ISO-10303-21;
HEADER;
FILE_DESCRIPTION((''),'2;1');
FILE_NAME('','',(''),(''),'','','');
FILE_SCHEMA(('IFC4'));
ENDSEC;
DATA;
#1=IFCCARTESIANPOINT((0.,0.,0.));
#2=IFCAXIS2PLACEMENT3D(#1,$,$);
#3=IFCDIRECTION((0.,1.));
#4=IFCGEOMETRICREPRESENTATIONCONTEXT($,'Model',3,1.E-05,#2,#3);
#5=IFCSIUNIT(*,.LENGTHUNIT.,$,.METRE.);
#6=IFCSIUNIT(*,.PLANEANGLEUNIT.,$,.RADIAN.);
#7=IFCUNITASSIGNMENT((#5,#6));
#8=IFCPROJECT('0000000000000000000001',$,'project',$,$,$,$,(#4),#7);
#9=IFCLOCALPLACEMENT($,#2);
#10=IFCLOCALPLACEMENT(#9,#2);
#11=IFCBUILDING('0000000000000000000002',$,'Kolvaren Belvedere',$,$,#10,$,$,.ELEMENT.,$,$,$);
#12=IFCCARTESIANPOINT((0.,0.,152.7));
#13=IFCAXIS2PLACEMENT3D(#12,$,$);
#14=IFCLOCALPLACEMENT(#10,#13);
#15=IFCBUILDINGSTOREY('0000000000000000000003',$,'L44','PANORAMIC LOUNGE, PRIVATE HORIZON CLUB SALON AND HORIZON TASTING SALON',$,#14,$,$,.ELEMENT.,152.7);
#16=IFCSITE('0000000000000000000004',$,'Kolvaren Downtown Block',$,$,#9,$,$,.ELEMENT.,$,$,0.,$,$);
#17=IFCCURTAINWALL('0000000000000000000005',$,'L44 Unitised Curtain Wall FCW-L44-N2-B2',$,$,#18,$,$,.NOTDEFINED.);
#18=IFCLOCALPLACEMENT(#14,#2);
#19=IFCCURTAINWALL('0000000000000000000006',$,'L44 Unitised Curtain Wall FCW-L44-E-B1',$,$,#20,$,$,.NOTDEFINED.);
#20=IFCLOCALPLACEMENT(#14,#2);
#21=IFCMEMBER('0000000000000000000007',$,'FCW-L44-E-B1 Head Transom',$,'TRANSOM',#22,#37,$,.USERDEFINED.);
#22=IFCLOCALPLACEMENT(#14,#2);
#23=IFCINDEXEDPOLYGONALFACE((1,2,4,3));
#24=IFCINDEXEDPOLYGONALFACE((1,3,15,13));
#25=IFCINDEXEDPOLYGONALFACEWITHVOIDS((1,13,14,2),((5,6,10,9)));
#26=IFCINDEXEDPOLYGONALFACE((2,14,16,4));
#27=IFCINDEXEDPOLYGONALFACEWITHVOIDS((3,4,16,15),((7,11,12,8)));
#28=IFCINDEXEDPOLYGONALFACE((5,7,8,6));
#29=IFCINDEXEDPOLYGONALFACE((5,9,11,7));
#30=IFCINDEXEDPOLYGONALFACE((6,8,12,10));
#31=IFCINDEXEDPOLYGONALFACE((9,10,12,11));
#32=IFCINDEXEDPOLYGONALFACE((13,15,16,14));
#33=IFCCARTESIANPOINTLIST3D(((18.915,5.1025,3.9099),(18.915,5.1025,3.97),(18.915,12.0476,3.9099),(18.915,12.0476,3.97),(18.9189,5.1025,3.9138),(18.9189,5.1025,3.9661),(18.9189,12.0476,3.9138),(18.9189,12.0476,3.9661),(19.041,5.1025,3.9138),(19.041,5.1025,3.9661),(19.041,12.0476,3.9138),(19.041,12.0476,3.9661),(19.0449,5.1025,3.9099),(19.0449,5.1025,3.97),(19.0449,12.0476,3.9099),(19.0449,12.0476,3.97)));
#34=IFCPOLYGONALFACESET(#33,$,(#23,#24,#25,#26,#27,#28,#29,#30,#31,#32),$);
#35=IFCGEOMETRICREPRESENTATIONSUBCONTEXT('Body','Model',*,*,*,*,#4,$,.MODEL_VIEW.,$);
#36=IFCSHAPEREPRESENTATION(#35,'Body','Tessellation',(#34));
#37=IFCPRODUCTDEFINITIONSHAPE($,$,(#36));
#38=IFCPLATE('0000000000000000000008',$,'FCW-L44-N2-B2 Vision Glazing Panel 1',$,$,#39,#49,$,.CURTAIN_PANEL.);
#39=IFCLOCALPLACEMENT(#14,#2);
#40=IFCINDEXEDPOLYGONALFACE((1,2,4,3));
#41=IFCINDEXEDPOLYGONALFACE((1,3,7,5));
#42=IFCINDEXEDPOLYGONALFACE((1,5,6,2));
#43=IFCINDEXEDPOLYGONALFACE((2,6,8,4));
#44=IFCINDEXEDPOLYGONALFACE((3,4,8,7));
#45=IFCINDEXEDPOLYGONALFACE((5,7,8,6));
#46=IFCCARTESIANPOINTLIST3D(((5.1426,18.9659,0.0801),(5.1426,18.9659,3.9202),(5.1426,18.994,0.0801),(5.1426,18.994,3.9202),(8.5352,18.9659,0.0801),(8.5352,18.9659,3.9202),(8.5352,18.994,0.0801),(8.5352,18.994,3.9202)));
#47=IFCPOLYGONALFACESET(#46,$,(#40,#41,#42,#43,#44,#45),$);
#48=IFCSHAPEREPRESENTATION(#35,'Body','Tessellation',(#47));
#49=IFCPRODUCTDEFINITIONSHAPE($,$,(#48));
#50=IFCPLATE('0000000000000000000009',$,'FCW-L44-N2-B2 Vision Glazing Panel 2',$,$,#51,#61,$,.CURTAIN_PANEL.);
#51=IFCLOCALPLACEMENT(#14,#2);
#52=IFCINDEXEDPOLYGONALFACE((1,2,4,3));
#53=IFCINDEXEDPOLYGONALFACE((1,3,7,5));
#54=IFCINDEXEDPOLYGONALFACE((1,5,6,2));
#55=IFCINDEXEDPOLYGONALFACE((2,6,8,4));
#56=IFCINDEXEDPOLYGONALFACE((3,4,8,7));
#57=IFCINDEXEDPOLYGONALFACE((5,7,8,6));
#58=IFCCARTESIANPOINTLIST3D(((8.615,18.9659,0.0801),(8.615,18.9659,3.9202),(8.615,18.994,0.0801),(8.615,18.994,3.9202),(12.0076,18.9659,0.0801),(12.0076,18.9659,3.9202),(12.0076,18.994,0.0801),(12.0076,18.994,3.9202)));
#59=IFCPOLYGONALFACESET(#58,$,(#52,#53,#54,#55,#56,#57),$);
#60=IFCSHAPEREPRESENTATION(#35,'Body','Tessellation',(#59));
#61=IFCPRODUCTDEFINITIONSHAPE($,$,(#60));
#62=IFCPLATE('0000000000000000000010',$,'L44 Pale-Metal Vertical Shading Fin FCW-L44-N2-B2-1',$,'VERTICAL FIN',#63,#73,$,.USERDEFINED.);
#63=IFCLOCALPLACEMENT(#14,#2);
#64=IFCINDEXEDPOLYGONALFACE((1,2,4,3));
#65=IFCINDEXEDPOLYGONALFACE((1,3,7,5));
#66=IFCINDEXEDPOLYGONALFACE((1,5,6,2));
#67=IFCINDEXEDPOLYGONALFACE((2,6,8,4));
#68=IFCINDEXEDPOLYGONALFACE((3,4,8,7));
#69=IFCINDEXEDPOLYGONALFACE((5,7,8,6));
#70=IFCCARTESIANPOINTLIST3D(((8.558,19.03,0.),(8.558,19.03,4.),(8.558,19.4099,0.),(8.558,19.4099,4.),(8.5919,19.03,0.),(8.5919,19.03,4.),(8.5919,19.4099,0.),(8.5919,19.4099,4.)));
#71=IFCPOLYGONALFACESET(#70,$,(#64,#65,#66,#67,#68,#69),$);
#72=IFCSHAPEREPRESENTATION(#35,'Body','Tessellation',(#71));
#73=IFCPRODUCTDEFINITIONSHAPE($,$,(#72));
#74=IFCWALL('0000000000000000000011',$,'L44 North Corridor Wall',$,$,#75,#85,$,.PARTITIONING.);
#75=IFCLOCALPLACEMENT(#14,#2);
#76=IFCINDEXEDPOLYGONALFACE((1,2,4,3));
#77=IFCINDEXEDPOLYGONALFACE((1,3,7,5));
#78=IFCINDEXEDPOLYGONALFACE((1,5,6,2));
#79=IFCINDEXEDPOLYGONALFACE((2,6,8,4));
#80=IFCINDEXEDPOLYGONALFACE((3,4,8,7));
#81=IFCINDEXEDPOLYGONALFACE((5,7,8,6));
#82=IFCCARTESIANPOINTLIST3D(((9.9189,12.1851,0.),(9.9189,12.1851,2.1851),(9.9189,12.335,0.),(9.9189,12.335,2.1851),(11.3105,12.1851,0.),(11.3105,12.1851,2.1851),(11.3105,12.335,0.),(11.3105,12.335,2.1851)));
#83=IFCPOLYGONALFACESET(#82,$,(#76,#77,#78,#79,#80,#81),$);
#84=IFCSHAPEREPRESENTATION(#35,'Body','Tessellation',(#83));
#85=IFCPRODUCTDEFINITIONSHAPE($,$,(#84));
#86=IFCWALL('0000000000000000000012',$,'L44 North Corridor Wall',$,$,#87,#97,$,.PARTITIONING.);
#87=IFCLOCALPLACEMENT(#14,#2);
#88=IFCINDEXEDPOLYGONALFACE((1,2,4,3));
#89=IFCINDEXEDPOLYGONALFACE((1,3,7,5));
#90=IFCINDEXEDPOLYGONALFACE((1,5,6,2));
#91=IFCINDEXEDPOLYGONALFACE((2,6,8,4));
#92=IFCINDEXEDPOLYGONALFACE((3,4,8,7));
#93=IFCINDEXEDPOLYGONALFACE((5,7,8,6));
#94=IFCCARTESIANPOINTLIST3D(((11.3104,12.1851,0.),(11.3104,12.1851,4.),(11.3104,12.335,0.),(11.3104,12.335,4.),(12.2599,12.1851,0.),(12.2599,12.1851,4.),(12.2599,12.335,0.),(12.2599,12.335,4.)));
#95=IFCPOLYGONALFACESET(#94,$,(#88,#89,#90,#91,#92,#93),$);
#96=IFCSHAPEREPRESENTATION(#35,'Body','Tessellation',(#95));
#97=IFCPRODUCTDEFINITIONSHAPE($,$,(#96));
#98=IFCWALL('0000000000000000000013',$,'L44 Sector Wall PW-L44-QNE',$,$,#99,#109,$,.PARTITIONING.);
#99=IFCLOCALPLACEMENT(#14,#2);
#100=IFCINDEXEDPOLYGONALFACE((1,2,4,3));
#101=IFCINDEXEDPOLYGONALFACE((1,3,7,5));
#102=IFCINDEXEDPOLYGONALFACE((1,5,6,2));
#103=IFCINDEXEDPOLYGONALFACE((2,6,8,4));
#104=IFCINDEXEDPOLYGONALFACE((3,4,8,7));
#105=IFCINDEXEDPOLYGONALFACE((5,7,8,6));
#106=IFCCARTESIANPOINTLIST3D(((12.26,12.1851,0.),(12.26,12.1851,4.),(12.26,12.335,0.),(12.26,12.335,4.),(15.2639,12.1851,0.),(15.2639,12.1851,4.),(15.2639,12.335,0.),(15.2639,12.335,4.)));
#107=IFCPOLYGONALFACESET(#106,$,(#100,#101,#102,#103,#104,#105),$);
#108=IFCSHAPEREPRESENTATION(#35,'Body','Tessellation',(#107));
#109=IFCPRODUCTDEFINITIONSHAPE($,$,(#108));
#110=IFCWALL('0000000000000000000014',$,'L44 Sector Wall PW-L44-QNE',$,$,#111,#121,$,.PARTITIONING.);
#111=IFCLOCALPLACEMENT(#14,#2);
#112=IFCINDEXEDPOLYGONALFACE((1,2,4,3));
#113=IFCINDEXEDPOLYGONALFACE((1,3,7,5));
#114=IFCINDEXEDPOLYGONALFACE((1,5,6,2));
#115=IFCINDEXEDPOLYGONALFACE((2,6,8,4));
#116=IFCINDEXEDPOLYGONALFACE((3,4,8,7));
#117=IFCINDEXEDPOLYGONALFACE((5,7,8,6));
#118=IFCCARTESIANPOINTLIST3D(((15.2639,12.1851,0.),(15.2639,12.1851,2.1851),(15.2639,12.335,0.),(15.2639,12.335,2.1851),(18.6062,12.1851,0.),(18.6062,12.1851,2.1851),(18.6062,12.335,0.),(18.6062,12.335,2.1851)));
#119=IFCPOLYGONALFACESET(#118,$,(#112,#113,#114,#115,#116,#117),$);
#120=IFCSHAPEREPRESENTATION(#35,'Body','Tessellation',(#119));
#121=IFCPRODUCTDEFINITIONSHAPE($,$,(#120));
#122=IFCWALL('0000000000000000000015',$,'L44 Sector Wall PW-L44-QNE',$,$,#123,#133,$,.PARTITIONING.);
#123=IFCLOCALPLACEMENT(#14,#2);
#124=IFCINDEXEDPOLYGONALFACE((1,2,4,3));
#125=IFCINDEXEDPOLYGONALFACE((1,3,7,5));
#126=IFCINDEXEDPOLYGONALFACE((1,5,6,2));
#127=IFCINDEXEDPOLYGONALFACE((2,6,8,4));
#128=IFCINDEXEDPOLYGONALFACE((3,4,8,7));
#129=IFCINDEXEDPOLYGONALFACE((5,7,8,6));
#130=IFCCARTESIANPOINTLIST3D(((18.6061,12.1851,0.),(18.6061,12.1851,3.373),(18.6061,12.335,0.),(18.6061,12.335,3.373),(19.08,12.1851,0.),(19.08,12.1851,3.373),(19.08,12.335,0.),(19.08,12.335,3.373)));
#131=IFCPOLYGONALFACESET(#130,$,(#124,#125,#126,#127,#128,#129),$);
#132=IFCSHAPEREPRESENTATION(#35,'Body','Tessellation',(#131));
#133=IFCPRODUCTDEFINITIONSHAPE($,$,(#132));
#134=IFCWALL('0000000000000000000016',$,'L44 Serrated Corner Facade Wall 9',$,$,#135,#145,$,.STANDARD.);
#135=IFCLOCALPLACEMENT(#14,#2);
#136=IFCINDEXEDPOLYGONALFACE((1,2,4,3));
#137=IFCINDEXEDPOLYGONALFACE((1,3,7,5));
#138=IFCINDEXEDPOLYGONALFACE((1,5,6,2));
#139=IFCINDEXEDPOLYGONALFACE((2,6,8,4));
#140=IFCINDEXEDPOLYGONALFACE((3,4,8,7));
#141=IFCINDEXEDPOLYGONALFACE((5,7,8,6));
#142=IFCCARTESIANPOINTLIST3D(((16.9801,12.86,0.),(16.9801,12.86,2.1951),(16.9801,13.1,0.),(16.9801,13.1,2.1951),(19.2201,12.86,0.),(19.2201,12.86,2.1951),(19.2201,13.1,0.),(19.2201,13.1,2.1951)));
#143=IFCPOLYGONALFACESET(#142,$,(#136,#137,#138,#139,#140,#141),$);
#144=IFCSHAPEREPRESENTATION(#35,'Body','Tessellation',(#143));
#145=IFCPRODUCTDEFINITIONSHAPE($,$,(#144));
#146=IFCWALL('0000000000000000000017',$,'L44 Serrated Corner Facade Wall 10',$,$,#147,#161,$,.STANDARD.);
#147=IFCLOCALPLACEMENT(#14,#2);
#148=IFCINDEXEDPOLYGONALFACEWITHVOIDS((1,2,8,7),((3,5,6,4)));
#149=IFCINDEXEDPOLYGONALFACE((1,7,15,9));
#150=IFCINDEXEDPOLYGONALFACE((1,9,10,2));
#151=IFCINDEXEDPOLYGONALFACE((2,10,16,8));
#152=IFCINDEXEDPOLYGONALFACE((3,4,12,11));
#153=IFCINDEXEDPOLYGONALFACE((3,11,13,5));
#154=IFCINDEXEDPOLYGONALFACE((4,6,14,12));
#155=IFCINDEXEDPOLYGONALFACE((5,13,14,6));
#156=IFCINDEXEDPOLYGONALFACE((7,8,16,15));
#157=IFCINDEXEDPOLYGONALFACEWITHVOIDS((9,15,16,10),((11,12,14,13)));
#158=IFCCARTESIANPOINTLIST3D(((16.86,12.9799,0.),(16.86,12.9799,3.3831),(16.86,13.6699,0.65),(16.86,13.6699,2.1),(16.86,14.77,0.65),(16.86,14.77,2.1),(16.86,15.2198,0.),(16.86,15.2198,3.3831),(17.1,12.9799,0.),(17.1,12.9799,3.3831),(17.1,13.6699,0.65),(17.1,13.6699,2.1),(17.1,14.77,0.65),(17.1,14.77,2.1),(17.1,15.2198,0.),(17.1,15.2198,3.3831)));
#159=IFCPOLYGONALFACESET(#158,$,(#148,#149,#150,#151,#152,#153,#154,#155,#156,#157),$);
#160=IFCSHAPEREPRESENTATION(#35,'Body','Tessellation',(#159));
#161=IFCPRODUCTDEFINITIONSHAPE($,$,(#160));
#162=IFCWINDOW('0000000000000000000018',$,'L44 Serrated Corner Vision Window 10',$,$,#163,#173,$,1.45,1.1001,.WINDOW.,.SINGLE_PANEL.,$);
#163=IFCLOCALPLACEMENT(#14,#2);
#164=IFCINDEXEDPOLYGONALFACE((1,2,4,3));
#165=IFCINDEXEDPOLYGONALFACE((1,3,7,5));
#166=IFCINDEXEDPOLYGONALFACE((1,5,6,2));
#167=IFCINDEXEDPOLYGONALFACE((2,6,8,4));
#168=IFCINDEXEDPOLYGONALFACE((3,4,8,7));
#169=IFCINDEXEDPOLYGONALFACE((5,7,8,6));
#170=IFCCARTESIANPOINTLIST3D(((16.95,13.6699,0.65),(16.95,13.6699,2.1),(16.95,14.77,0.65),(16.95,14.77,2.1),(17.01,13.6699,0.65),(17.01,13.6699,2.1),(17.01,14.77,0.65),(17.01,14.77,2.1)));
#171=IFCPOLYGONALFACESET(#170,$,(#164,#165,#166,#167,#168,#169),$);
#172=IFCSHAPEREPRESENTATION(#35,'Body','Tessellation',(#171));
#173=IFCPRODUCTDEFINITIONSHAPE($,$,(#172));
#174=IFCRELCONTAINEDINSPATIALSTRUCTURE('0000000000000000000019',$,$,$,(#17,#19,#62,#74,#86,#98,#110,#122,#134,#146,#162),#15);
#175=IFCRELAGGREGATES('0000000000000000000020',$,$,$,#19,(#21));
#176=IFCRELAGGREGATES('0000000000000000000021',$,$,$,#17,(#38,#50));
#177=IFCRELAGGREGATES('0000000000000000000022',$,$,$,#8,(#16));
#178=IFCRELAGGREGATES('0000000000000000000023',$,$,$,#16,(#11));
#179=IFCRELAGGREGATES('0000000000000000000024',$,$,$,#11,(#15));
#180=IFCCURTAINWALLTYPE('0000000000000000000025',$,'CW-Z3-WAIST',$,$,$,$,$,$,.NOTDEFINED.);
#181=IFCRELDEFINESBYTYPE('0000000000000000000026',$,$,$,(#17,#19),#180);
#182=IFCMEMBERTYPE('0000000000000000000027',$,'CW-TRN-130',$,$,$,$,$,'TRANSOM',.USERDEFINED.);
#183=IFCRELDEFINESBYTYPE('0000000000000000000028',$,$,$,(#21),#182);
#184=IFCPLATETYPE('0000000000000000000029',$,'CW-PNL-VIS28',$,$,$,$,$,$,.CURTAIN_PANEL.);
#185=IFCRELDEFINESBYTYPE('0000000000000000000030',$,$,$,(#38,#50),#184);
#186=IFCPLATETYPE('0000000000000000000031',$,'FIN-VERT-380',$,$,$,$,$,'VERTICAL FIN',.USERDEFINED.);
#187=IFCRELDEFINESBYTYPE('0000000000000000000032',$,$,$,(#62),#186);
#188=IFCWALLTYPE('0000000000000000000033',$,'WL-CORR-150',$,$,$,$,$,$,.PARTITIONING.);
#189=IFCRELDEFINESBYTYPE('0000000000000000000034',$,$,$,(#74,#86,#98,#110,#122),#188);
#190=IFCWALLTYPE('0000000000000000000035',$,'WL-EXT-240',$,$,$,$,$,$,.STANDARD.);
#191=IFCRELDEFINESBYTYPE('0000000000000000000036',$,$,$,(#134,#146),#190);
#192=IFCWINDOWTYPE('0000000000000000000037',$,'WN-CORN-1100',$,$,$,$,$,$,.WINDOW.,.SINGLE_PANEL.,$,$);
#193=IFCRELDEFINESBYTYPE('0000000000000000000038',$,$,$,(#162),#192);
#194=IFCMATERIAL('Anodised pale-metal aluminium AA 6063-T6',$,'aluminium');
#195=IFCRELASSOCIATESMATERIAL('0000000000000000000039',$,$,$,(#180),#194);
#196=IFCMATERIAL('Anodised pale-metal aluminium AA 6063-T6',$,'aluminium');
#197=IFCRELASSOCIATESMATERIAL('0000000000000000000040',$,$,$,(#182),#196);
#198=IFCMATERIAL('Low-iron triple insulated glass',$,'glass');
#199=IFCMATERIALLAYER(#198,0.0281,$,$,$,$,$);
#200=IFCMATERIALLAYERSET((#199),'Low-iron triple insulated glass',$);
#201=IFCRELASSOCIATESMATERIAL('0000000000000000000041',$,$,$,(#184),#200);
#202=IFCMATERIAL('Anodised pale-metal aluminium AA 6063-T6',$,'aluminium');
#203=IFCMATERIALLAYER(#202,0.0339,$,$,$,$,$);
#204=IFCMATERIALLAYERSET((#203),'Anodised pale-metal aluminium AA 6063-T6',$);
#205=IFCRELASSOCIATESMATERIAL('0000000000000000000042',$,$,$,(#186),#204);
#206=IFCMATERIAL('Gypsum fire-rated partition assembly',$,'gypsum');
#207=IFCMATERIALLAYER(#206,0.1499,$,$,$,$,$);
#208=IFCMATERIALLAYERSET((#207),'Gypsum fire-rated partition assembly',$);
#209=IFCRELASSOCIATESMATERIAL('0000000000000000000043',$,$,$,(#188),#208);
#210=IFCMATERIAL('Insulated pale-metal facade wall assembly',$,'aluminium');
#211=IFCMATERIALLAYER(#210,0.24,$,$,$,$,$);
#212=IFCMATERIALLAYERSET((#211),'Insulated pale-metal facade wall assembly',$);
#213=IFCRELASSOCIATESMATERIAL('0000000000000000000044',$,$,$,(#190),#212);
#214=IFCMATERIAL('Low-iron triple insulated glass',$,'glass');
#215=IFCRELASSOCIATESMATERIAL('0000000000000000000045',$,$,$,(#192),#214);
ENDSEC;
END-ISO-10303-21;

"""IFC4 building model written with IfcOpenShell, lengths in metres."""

from ifc_helpers import new_model, si_unit, direction, frame, frame_2d, origin, origin_2d, place, context, subcontext, project, spatial, rectangle, hollow_rectangle, extrude, material, layer, layer_set, material_profile, profile_set, type_object, element, fill, aggregate, save


model = new_model("IFC4")

# Units and contexts
model_context = context("Model", 3, precision=1e-05, world=origin(), true_north=direction((0.0, 1.0)))
body_context = subcontext(model_context, "Body", "Model", "MODEL_VIEW")
ifc_project = project(units=[si_unit("LENGTHUNIT", "METRE"), si_unit("PLANEANGLEUNIT", "RADIAN")], contexts=[model_context])

# Site, building, storey
site_placement = place(None, origin())
site = spatial("IfcSite", under=ifc_project, at=site_placement, Name="Kolvaren Downtown Block", CompositionType="ELEMENT", RefElevation=0.0)
building_placement = place(site_placement, origin())
building = spatial("IfcBuilding", under=site, at=building_placement, Name="Kolvaren Belvedere", CompositionType="ELEMENT")
storey_placement = place(building_placement, frame((0.0, 0.0, 152.7)))
storey = spatial("IfcBuildingStorey", under=building, at=storey_placement, Name="L44", Description="PANORAMIC LOUNGE, PRIVATE HORIZON CLUB SALON AND HORIZON TASTING SALON", CompositionType="ELEMENT", Elevation=152.7)

# Curtain walls, member
ifc_material_1 = material(Name="Anodised pale-metal aluminium AA 6063-T6", Category="aluminium")
curtain_wall_type = type_object("IfcCurtainWallType", Name="CW-Z3-WAIST", PredefinedType="NOTDEFINED", material=ifc_material_1)
curtain_wall_1_placement = place(storey_placement, origin())
curtain_wall_1 = element("IfcCurtainWall", 1, at=curtain_wall_1_placement, inside=storey, type_object=curtain_wall_type, Name="L44 Unitised Curtain Wall FCW-L44-N2-B2", PredefinedType="NOTDEFINED")
curtain_wall_2_placement = place(storey_placement, origin())
curtain_wall_2 = element("IfcCurtainWall", 2, at=curtain_wall_2_placement, inside=storey, type_object=curtain_wall_type, Name="L44 Unitised Curtain Wall FCW-L44-E-B1", PredefinedType="NOTDEFINED")
ifc_material_2 = material(Name="Anodised pale-metal aluminium AA 6063-T6", Category="aluminium")
ifc_material_profile_1 = material_profile(ifc_material_2, hollow_rectangle(XDim=0.0601, YDim=0.1299, WallThickness=0.0039, at=origin_2d()), Name="ALU-TRN-130X60")
ifc_profile_set_1 = profile_set([ifc_material_profile_1], Name="Anodised pale-metal aluminium AA 6063-T6")
member_type_1 = type_object("IfcMemberType", Name="CW-TRN-130", ElementType="TRANSOM", PredefinedType="USERDEFINED", material=ifc_profile_set_1)
member_1_placement = place(storey_placement, frame((18.98, 12.0476, 3.9399), z_axis=(0.0, -1.0, 0.0), x_axis=(0.0, 0.0, 1.0)))
member_1 = element("IfcMember", 3, at=member_1_placement, type_object=member_type_1, Name="FCW-L44-E-B1 Head Transom", ObjectType="TRANSOM", PredefinedType="USERDEFINED", context=body_context, shape_type="SweptSolid", body=[
    extrude(hollow_rectangle(XDim=0.0601, YDim=0.1299, WallThickness=0.0039, at=origin_2d()), origin(), (0.0, 0.0, 1.0), 6.9451),
])
aggregate(curtain_wall_2, [member_1])

# Plates
ifc_material_3 = material(Name="Low-iron triple insulated glass", Category="glass")
ifc_layer_1 = layer(ifc_material_3, 0.0281)
ifc_layer_set_1 = layer_set([ifc_layer_1], Name="Low-iron triple insulated glass")
plate_type_1 = type_object("IfcPlateType", Name="CW-PNL-VIS28", PredefinedType="CURTAIN_PANEL", material=ifc_layer_set_1)
plate_1_placement = place(storey_placement, frame((6.8389, 18.98, 0.0801), z_axis=(0.0, 0.0, 1.0), x_axis=(1.0, 0.0, 0.0)))
plate_1 = element("IfcPlate", 4, at=plate_1_placement, type_object=plate_type_1, Name="FCW-L44-N2-B2 Vision Glazing Panel 1", PredefinedType="CURTAIN_PANEL", context=body_context, shape_type="SweptSolid", body=[
    extrude(rectangle(XDim=3.3926, YDim=0.0281, at=origin_2d()), origin(), (0.0, 0.0, 1.0), 3.8401),
])
plate_2_placement = place(storey_placement, frame((10.3113, 18.98, 0.0801), z_axis=(0.0, 0.0, 1.0), x_axis=(1.0, 0.0, 0.0)))
plate_2 = element("IfcPlate", 5, at=plate_2_placement, type_object=plate_type_1, Name="FCW-L44-N2-B2 Vision Glazing Panel 2", PredefinedType="CURTAIN_PANEL", context=body_context, shape_type="SweptSolid", body=[
    extrude(rectangle(XDim=3.3926, YDim=0.0281, at=origin_2d()), origin(), (0.0, 0.0, 1.0), 3.8401),
])
aggregate(curtain_wall_1, [plate_1, plate_2])
ifc_material_4 = material(Name="Anodised pale-metal aluminium AA 6063-T6", Category="aluminium")
ifc_layer_2 = layer(ifc_material_4, 0.0339)
ifc_layer_set_2 = layer_set([ifc_layer_2], Name="Anodised pale-metal aluminium AA 6063-T6")
plate_type_2 = type_object("IfcPlateType", Name="FIN-VERT-380", ElementType="VERTICAL FIN", PredefinedType="USERDEFINED", material=ifc_layer_set_2)
plate_3_placement = place(storey_placement, frame((8.575, 19.22, 0.0), z_axis=(0.0, 0.0, 1.0), x_axis=(0.0, 1.0, 0.0)))
element("IfcPlate", 6, at=plate_3_placement, inside=storey, type_object=plate_type_2, Name="L44 Pale-Metal Vertical Shading Fin FCW-L44-N2-B2-1", ObjectType="VERTICAL FIN", PredefinedType="USERDEFINED", context=body_context, shape_type="SweptSolid", body=[
    extrude(rectangle(XDim=0.3799, YDim=0.0339, at=origin_2d()), origin(), (0.0, 0.0, 1.0), 4.0),
])

# Walls
ifc_material_5 = material(Name="Gypsum fire-rated partition assembly", Category="gypsum")
ifc_layer_3 = layer(ifc_material_5, 0.1499)
ifc_layer_set_3 = layer_set([ifc_layer_3], Name="Gypsum fire-rated partition assembly")
wall_type_1 = type_object("IfcWallType", Name="WL-CORR-150", PredefinedType="PARTITIONING", material=ifc_layer_set_3)
wall_1_placement = place(storey_placement, frame((9.9189, 12.26, 0.0), z_axis=(0.0, 0.0, 1.0), x_axis=(1.0, 0.0, 0.0)))
element("IfcWall", 7, at=wall_1_placement, inside=storey, type_object=wall_type_1, Name="L44 North Corridor Wall", PredefinedType="PARTITIONING", context=body_context, shape_type="SweptSolid", body=[
    extrude(rectangle(XDim=1.3916, YDim=0.1499, at=frame_2d((0.6958, 0.0))), origin(), (0.0, 0.0, 1.0), 2.1851),
])
wall_2_placement = place(storey_placement, frame((11.3105, 12.26, 0.0), z_axis=(0.0, 0.0, 1.0), x_axis=(1.0, 0.0, 0.0)))
element("IfcWall", 8, at=wall_2_placement, inside=storey, type_object=wall_type_1, Name="L44 North Corridor Wall", PredefinedType="PARTITIONING", context=body_context, shape_type="SweptSolid", body=[
    extrude(rectangle(XDim=0.9495, YDim=0.1499, at=frame_2d((0.4746, 0.0))), origin(), (0.0, 0.0, 1.0), 4.0),
])
wall_3_placement = place(storey_placement, frame((12.26, 12.26, 0.0), z_axis=(0.0, 0.0, 1.0), x_axis=(1.0, 0.0, 0.0)))
element("IfcWall", 9, at=wall_3_placement, inside=storey, type_object=wall_type_1, Name="L44 Sector Wall PW-L44-QNE", PredefinedType="PARTITIONING", context=body_context, shape_type="SweptSolid", body=[
    extrude(rectangle(XDim=3.0039, YDim=0.1499, at=frame_2d((1.502, 0.0))), origin(), (0.0, 0.0, 1.0), 4.0),
])
wall_4_placement = place(storey_placement, frame((15.2639, 12.26, 0.0), z_axis=(0.0, 0.0, 1.0), x_axis=(1.0, 0.0, 0.0)))
element("IfcWall", 10, at=wall_4_placement, inside=storey, type_object=wall_type_1, Name="L44 Sector Wall PW-L44-QNE", PredefinedType="PARTITIONING", context=body_context, shape_type="SweptSolid", body=[
    extrude(rectangle(XDim=3.3423, YDim=0.1499, at=frame_2d((1.6711, 0.0))), origin(), (0.0, 0.0, 1.0), 2.1851),
])
wall_5_placement = place(storey_placement, frame((18.6062, 12.26, 0.0), z_axis=(0.0, 0.0, 1.0), x_axis=(1.0, 0.0, 0.0)))
element("IfcWall", 11, at=wall_5_placement, inside=storey, type_object=wall_type_1, Name="L44 Sector Wall PW-L44-QNE", PredefinedType="PARTITIONING", context=body_context, shape_type="SweptSolid", body=[
    extrude(rectangle(XDim=0.4739, YDim=0.1499, at=frame_2d((0.2368, 0.0))), origin(), (0.0, 0.0, 1.0), 3.373),
])
ifc_material_6 = material(Name="Insulated pale-metal facade wall assembly", Category="aluminium")
ifc_layer_4 = layer(ifc_material_6, 0.24)
ifc_layer_set_4 = layer_set([ifc_layer_4], Name="Insulated pale-metal facade wall assembly")
wall_type_2 = type_object("IfcWallType", Name="WL-EXT-240", PredefinedType="STANDARD", material=ifc_layer_set_4)
wall_6_placement = place(storey_placement, frame((16.98, 12.98, 0.0), z_axis=(0.0, 0.0, 1.0), x_axis=(1.0, 0.0, 0.0)))
element("IfcWall", 12, at=wall_6_placement, inside=storey, type_object=wall_type_2, Name="L44 Serrated Corner Facade Wall 9", PredefinedType="STANDARD", context=body_context, shape_type="SweptSolid", body=[
    extrude(rectangle(XDim=2.24, YDim=0.24, at=frame_2d((1.1201, 0.0))), origin(), (0.0, 0.0, 1.0), 2.1951),
])

# Wall, opening, window
wall_7_placement = place(storey_placement, frame((16.98, 15.22, 0.0), z_axis=(0.0, 0.0, 1.0), x_axis=(0.0, -1.0, 0.0)))
wall_7 = element("IfcWall", 13, at=wall_7_placement, inside=storey, type_object=wall_type_2, Name="L44 Serrated Corner Facade Wall 10", PredefinedType="STANDARD", context=body_context, shape_type="SweptSolid", body=[
    extrude(rectangle(XDim=2.24, YDim=0.24, at=frame_2d((1.1201, 0.0))), origin(), (0.0, 0.0, 1.0), 3.3831),
])
opening_1_placement = place(wall_7_placement, frame((0.45, 0.0, 0.6499)))
opening_1 = element("IfcOpeningElement", 14, at=opening_1_placement, cuts=wall_7, PredefinedType="OPENING", context=body_context, shape_type="SweptSolid", body=[
    extrude(rectangle(XDim=1.1001, YDim=1.45, at=frame_2d((0.55, 0.7251))), frame((0.0, 0.1299, 0.0), z_axis=(0.0, -1.0, 0.0), x_axis=(1.0, 0.0, 0.0)), (0.0, 0.0, 1.0), 0.26),
])
ifc_material_7 = material(Name="Low-iron triple insulated glass", Category="glass")
window_type = type_object("IfcWindowType", Name="WN-CORN-1100", PartitioningType="SINGLE_PANEL", PredefinedType="WINDOW", material=ifc_material_7)
window_1_placement = place(opening_1_placement, origin())
window_1 = element("IfcWindow", 15, at=window_1_placement, inside=storey, type_object=window_type, Name="L44 Serrated Corner Vision Window 10", OverallHeight=1.45, OverallWidth=1.1001, PartitioningType="SINGLE_PANEL", PredefinedType="WINDOW", context=body_context, shape_type="SweptSolid", body=[
    extrude(rectangle(XDim=1.1001, YDim=1.45, at=frame_2d((0.55, 0.7251))), frame((0.0, 0.03, 0.0), z_axis=(0.0, -1.0, 0.0), x_axis=(1.0, 0.0, 0.0)), (0.0, 0.0, 1.0), 0.0601),
])
fill(opening_1, window_1)

save(model, "model.ifc")
